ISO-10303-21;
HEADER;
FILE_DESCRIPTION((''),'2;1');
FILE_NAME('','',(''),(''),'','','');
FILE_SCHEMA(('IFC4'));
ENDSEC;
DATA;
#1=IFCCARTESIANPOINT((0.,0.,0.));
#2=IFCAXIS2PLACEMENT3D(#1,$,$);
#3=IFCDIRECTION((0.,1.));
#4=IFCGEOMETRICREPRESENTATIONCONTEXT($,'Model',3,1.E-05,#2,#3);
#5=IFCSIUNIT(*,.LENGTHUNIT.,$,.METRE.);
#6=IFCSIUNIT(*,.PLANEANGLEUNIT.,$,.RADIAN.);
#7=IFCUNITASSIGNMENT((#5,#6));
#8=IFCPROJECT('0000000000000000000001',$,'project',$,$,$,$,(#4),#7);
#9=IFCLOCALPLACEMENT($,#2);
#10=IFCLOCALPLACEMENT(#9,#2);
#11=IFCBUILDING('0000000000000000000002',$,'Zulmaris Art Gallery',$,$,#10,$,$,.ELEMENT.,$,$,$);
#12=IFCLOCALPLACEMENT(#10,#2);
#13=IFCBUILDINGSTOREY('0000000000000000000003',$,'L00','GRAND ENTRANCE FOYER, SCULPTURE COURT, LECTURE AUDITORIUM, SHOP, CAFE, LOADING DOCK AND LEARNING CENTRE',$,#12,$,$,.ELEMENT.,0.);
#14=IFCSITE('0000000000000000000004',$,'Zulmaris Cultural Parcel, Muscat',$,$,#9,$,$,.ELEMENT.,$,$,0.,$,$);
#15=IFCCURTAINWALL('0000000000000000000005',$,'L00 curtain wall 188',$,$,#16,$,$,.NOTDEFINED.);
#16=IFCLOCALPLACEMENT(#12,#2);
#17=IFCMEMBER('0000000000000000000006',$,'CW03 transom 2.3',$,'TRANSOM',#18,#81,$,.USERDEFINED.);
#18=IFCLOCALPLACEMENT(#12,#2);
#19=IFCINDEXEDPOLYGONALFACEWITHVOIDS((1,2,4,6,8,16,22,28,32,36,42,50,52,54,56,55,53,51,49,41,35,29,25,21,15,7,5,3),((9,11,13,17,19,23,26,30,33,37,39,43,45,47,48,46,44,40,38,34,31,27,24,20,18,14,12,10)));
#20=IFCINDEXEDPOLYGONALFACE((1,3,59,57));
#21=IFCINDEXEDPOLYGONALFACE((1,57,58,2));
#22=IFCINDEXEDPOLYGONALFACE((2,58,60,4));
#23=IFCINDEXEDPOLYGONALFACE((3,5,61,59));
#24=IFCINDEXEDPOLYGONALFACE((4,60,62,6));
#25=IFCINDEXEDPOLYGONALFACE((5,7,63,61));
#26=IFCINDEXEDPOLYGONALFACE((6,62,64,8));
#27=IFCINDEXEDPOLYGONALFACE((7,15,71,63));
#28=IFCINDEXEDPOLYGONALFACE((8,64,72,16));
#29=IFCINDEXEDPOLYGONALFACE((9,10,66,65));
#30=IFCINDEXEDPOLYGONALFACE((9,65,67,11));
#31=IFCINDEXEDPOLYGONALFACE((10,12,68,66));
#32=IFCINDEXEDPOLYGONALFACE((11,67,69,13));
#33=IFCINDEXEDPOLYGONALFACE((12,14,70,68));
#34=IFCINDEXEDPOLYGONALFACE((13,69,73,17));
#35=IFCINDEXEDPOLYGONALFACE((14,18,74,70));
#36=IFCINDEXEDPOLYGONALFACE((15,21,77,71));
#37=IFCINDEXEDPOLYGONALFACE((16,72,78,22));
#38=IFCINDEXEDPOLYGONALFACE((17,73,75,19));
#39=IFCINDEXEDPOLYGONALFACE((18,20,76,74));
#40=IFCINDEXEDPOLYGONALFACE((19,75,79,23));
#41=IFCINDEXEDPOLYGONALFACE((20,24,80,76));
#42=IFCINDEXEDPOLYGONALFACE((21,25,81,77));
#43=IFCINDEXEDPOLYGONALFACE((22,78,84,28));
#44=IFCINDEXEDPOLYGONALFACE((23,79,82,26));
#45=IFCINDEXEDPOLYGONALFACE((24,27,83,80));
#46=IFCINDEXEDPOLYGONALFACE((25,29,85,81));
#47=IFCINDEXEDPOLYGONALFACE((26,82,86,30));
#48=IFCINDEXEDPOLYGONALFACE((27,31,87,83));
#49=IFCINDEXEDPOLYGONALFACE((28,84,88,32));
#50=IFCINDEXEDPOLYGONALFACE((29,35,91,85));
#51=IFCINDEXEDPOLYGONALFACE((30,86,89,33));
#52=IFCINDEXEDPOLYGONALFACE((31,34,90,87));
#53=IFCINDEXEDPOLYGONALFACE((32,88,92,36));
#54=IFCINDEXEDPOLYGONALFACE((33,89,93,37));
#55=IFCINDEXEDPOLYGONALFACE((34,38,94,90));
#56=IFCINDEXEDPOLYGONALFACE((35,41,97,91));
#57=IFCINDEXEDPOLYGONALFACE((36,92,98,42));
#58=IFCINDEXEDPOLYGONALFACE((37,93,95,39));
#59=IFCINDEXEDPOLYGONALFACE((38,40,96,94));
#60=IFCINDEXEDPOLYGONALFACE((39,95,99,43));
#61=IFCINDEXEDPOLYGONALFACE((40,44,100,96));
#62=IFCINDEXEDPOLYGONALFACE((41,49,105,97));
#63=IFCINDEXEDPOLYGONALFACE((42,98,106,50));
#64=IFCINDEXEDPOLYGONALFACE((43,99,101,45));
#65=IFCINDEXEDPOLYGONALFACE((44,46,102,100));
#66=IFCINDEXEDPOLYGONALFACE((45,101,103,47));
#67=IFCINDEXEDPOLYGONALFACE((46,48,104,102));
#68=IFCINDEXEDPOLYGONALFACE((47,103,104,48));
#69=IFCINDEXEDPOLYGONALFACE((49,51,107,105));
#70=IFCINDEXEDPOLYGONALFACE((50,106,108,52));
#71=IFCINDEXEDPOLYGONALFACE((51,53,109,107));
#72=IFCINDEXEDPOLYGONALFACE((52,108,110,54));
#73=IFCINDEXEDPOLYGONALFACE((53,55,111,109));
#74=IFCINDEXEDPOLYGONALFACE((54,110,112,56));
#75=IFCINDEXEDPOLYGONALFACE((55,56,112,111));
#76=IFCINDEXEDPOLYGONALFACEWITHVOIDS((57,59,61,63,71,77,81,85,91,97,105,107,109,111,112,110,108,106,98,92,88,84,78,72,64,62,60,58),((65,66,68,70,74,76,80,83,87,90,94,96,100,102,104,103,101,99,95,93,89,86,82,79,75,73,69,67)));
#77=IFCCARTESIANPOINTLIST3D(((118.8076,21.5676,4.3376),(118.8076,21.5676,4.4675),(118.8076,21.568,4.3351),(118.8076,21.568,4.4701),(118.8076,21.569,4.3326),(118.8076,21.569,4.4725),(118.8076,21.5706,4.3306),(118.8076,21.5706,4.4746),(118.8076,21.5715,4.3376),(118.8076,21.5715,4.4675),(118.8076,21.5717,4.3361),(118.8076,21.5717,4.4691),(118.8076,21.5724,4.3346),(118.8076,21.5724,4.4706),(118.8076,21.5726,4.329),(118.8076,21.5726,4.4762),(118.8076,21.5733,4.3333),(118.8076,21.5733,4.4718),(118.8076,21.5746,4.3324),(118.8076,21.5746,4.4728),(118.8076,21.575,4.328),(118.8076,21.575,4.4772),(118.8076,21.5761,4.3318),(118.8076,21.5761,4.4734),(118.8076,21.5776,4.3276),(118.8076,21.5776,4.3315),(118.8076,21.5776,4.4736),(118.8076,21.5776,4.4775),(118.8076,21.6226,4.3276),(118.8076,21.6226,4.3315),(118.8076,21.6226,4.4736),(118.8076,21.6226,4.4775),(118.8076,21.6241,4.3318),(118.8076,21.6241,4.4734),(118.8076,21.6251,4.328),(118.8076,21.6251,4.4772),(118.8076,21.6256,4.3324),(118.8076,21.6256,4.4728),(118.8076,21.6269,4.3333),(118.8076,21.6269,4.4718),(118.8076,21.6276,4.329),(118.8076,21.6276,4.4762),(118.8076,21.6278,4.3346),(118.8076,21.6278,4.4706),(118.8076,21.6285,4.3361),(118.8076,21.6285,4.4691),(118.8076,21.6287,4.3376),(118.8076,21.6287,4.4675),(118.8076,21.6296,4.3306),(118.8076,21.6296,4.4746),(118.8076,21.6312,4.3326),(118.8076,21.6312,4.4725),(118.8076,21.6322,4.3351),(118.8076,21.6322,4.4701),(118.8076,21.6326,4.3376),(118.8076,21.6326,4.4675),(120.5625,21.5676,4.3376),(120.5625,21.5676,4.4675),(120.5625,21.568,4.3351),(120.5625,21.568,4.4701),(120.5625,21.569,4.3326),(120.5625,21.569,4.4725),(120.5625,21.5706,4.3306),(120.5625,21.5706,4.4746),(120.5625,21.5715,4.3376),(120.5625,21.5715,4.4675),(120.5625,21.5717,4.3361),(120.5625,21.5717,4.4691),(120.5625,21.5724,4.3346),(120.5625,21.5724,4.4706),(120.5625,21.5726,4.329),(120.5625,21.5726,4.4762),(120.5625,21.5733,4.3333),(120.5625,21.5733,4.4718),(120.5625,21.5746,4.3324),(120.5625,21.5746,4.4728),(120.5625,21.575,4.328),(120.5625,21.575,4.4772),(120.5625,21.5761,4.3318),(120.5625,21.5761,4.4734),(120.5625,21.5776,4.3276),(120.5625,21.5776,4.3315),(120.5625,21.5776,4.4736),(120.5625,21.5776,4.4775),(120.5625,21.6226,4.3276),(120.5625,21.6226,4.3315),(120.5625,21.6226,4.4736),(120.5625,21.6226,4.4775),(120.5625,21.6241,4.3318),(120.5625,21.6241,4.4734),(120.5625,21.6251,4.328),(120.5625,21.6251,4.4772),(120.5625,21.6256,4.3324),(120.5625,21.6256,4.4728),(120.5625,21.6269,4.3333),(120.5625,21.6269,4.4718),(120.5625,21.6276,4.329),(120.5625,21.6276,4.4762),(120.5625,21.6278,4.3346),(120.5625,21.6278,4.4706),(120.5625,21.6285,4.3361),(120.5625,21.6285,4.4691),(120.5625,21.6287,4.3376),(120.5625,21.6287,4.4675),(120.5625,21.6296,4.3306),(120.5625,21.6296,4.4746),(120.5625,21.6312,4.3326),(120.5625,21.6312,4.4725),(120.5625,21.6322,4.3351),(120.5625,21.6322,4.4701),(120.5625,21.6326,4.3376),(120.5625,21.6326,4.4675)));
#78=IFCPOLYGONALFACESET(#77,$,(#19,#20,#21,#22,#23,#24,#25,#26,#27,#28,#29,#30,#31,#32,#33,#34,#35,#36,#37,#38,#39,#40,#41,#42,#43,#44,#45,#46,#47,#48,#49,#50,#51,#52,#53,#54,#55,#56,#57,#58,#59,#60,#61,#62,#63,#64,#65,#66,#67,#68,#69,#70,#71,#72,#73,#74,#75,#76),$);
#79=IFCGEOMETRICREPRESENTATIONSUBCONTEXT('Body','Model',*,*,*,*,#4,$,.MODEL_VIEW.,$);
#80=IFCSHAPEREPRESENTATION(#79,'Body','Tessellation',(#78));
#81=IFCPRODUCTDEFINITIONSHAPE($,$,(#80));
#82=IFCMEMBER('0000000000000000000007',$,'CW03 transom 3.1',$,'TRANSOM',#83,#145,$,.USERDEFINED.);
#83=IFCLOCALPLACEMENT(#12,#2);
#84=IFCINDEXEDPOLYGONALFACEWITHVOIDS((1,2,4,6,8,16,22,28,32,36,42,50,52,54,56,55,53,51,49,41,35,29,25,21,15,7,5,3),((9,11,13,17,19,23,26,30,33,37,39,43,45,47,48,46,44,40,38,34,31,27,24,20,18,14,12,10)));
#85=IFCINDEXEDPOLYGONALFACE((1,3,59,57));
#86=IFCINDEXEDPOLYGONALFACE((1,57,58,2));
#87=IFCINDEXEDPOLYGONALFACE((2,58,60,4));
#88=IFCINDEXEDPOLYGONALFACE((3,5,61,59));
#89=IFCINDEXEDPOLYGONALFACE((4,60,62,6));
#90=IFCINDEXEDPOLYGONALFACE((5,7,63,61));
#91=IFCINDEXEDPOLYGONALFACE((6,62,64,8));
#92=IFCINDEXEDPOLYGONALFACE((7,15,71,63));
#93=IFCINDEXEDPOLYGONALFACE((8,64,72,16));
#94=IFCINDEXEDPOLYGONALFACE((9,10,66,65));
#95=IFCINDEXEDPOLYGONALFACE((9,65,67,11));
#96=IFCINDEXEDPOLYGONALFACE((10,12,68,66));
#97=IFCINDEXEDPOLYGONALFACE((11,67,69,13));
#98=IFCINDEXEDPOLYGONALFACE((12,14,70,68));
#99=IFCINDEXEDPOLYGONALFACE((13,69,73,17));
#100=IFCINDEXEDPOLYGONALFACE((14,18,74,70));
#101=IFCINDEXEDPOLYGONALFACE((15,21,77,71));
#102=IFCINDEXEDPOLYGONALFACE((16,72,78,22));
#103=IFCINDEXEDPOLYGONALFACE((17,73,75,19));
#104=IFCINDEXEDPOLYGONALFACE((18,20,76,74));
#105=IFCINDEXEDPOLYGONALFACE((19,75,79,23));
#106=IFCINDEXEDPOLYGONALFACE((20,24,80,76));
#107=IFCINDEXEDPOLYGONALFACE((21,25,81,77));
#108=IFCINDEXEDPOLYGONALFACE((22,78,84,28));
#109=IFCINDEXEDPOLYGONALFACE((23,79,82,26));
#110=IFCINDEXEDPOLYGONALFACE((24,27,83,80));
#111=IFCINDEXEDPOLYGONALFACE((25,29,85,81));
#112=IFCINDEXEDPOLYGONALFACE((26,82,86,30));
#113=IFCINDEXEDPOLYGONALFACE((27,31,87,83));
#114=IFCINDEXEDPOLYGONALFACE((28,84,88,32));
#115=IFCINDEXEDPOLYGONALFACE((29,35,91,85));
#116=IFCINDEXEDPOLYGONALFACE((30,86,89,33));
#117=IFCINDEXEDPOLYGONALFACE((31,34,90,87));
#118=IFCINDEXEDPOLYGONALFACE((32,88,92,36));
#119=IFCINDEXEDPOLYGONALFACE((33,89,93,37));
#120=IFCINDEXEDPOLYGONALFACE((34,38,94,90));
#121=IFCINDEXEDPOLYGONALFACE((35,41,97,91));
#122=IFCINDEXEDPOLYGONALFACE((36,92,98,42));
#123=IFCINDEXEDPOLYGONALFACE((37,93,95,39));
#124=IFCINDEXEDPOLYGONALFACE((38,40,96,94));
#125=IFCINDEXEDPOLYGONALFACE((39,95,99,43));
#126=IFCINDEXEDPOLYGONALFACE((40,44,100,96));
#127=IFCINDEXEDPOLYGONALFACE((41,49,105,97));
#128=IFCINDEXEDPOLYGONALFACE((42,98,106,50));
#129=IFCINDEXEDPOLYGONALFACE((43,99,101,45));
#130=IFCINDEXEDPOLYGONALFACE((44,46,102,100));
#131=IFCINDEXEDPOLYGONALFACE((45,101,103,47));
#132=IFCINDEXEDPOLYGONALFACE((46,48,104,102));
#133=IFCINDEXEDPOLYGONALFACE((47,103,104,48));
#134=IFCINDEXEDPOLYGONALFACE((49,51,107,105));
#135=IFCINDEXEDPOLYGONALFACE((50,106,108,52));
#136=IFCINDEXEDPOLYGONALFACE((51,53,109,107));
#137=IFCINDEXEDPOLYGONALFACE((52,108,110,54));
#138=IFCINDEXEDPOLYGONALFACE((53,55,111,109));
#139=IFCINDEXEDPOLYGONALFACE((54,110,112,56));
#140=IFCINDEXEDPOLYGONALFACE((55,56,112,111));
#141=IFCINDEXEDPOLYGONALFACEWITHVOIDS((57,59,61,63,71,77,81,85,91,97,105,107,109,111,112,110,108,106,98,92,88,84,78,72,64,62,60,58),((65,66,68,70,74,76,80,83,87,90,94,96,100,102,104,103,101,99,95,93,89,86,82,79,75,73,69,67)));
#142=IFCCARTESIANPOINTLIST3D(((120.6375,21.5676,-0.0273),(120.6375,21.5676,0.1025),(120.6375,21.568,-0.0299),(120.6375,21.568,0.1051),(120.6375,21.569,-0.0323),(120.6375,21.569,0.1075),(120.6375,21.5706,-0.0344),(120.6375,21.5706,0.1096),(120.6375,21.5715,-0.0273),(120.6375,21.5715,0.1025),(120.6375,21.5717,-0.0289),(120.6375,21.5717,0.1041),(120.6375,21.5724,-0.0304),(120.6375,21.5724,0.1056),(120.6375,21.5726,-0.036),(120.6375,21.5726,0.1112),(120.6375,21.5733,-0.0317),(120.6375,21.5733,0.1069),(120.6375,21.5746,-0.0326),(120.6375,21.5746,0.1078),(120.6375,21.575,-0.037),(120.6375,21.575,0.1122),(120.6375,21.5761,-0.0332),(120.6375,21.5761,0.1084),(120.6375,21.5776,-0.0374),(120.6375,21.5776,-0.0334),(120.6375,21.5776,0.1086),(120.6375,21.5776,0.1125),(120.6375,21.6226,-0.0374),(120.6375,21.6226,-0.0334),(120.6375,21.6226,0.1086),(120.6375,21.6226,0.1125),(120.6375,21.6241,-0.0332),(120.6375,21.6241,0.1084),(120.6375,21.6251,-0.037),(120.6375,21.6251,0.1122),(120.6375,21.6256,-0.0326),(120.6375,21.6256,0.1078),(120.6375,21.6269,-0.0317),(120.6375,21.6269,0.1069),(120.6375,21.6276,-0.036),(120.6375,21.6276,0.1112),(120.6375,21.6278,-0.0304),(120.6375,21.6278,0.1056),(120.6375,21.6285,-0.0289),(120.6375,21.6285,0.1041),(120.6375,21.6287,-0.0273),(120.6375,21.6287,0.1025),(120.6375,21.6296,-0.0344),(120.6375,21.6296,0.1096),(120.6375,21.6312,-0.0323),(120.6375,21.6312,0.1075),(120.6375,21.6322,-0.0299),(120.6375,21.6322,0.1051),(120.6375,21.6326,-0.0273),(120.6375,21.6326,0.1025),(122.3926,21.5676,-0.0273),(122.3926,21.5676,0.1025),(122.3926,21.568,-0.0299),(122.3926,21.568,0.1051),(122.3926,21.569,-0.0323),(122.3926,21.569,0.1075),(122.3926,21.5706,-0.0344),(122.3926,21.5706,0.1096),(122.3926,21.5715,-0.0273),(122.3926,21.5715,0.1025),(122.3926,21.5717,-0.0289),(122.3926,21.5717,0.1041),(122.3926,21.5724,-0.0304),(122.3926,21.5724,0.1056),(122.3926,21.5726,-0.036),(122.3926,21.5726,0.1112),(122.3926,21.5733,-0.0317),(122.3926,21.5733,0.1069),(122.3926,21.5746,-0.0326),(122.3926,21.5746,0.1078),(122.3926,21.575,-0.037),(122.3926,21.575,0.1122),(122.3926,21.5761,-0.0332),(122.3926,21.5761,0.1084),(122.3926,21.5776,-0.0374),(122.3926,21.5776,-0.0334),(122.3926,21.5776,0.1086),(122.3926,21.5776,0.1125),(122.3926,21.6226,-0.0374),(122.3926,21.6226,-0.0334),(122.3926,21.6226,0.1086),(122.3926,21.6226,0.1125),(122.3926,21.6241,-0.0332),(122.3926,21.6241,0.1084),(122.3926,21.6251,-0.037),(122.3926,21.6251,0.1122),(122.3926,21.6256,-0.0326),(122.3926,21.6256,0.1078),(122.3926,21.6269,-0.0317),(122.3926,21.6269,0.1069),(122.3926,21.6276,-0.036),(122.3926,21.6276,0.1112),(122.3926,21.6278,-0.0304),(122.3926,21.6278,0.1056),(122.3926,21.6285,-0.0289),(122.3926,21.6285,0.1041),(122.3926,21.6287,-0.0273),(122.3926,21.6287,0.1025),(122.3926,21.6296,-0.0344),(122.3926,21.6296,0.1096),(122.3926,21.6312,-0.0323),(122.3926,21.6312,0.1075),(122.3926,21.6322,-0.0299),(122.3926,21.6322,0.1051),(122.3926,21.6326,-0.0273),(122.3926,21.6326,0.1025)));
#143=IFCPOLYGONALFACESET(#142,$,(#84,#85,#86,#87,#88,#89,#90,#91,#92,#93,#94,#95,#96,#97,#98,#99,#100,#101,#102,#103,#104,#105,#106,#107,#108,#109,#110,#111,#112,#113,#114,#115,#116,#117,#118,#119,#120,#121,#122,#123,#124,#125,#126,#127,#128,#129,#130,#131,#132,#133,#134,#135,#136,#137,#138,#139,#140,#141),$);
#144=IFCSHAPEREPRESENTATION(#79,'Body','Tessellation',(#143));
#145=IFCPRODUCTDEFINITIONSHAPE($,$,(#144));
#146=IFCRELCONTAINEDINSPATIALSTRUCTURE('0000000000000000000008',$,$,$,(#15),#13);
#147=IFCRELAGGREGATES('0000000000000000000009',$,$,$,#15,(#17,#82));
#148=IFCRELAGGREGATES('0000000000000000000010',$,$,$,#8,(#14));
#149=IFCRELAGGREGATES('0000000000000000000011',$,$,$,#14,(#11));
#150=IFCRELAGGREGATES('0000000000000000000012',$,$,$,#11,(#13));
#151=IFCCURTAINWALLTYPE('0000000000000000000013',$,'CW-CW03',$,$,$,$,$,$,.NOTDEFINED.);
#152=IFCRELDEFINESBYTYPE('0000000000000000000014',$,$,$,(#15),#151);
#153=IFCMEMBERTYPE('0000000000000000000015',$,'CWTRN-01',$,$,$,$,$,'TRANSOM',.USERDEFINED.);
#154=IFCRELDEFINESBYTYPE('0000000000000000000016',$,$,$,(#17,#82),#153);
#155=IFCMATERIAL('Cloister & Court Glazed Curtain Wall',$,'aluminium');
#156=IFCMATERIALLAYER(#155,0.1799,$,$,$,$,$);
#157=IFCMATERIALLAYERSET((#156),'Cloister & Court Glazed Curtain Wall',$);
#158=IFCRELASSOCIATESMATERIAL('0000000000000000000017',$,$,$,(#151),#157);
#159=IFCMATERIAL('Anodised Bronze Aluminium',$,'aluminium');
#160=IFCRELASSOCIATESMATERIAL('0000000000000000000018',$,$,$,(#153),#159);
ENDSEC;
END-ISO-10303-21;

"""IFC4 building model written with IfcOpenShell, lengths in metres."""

from ifc_helpers import new_model, si_unit, direction, frame, origin, origin_2d, place, context, subcontext, project, spatial, hollow_rectangle, extrude, material, layer, layer_set, material_profile, profile_set, type_object, element, aggregate, save


model = new_model("IFC4")

# Units and contexts
model_context = context("Model", 3, precision=1e-05, world=origin(), true_north=direction((0.0, 1.0)))
body_context = subcontext(model_context, "Body", "Model", "MODEL_VIEW")
ifc_project = project(units=[si_unit("LENGTHUNIT", "METRE"), si_unit("PLANEANGLEUNIT", "RADIAN")], contexts=[model_context])

# Site, building, storey
site_placement = place(None, origin())
site = spatial("IfcSite", under=ifc_project, at=site_placement, Name="Zulmaris Cultural Parcel, Muscat", CompositionType="ELEMENT", RefElevation=0.0)
building_placement = place(site_placement, origin())
building = spatial("IfcBuilding", under=site, at=building_placement, Name="Zulmaris Art Gallery", CompositionType="ELEMENT")
storey_placement = place(building_placement, origin())
storey = spatial("IfcBuildingStorey", under=building, at=storey_placement, Name="L00", Description="GRAND ENTRANCE FOYER, SCULPTURE COURT, LECTURE AUDITORIUM, SHOP, CAFE, LOADING DOCK AND LEARNING CENTRE", CompositionType="ELEMENT", Elevation=0.0)

# Curtain wall
ifc_material_1 = material(Name="Cloister & Court Glazed Curtain Wall", Category="aluminium")
ifc_layer_1 = layer(ifc_material_1, 0.1799)
ifc_layer_set_1 = layer_set([ifc_layer_1], Name="Cloister & Court Glazed Curtain Wall")
curtain_wall_type = type_object("IfcCurtainWallType", Name="CW-CW03", PredefinedType="NOTDEFINED", material=ifc_layer_set_1)
ifc_material_2 = material(Name="Anodised Bronze Aluminium", Category="aluminium")
curtain_wall_1_placement = place(storey_placement, origin())
curtain_wall_1 = element("IfcCurtainWall", 1, at=curtain_wall_1_placement, inside=storey, type_object=curtain_wall_type, Name="L00 curtain wall 188", PredefinedType="NOTDEFINED")

# Members
ifc_material_profile_1 = material_profile(ifc_material_2, hollow_rectangle(XDim=0.0649, YDim=0.1499, WallThickness=0.0039, InnerFilletRadius=0.0061, OuterFilletRadius=0.01, at=origin_2d()), Name="ALU 65x150x4")
ifc_profile_set_1 = profile_set([ifc_material_profile_1], Name="Anodised Bronze Aluminium")
member_type_1 = type_object("IfcMemberType", Name="CWTRN-01", ElementType="TRANSOM", PredefinedType="USERDEFINED", material=ifc_profile_set_1)
member_1_placement = place(storey_placement, frame((118.8076, 21.6001, 4.4026), z_axis=(1.0, 0.0, 0.0), x_axis=(0.0, 1.0, 0.0)))
member_1 = element("IfcMember", 2, at=member_1_placement, type_object=member_type_1, Name="CW03 transom 2.3", ObjectType="TRANSOM", PredefinedType="USERDEFINED", context=body_context, shape_type="SweptSolid", body=[
    extrude(hollow_rectangle(XDim=0.0649, YDim=0.1499, WallThickness=0.0039, InnerFilletRadius=0.0061, OuterFilletRadius=0.01, at=origin_2d()), origin(), (0.0, 0.0, 1.0), 1.7549),
])
member_2_placement = place(storey_placement, frame((120.6375, 21.6001, 0.0376), z_axis=(1.0, 0.0, 0.0), x_axis=(0.0, 1.0, 0.0)))
member_2 = element("IfcMember", 3, at=member_2_placement, type_object=member_type_1, Name="CW03 transom 3.1", ObjectType="TRANSOM", PredefinedType="USERDEFINED", context=body_context, shape_type="SweptSolid", body=[
    extrude(hollow_rectangle(XDim=0.0649, YDim=0.1499, WallThickness=0.0039, InnerFilletRadius=0.0061, OuterFilletRadius=0.01, at=origin_2d()), origin(), (0.0, 0.0, 1.0), 1.7551),
])

aggregate(curtain_wall_1, [member_1, member_2])

save(model, "model.ifc")
